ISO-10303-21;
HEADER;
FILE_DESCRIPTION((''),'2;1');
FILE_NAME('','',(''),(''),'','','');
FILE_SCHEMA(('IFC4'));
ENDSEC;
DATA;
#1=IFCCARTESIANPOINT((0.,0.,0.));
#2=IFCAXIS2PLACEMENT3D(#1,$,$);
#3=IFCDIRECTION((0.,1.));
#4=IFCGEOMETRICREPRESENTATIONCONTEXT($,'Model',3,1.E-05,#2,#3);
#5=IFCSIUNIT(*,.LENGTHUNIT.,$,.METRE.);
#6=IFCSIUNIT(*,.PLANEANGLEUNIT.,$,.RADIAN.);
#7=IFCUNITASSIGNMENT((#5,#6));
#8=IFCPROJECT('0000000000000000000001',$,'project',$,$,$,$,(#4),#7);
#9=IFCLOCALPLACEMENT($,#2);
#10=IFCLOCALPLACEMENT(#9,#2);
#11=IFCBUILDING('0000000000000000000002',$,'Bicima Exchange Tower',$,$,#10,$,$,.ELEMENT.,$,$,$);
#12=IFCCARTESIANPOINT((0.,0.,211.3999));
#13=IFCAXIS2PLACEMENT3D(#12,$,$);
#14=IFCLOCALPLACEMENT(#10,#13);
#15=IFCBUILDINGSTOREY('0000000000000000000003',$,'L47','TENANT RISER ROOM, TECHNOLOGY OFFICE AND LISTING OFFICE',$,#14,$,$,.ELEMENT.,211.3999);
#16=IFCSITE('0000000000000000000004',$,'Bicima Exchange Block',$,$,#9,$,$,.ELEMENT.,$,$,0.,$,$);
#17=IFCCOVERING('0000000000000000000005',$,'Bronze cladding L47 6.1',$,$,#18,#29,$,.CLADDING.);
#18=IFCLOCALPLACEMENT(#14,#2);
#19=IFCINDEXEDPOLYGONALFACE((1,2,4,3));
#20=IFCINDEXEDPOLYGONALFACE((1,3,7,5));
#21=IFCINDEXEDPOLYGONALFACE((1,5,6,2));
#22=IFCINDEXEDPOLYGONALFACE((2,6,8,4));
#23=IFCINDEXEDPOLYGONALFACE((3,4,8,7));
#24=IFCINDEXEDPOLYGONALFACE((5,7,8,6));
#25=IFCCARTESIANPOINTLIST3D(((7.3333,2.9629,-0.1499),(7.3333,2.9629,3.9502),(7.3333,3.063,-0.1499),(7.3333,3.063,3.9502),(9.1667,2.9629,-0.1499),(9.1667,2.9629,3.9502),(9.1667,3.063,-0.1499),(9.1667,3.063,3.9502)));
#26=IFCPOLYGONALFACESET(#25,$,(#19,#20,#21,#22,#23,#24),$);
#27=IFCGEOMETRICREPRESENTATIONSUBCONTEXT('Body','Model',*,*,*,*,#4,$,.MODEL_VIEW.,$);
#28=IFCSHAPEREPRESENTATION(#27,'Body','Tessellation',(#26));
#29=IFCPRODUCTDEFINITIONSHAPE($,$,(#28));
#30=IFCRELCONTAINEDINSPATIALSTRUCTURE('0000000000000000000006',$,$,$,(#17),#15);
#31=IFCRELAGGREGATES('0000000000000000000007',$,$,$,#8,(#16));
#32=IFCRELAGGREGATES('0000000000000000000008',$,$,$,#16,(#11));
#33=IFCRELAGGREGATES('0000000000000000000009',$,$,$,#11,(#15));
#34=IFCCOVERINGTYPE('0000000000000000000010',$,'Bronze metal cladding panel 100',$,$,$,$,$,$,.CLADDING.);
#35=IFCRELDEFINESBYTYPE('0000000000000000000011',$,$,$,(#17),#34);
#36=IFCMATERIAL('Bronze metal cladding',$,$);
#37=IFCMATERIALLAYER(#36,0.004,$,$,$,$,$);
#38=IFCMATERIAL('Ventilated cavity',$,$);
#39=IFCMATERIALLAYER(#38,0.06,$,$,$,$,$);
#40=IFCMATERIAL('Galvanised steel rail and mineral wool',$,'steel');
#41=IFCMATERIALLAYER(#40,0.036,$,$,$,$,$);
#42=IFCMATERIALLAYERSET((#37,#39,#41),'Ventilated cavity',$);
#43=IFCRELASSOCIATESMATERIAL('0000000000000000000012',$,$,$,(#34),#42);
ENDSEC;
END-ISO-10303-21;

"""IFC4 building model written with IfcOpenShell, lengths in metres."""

from ifc_helpers import new_model, si_unit, direction, frame, origin, origin_2d, place, context, subcontext, project, spatial, rectangle, extrude, material, layer, layer_set, type_object, element, save


model = new_model("IFC4")

# Units and contexts
model_context = context("Model", 3, precision=1e-05, world=origin(), true_north=direction((0.0, 1.0)))
body_context = subcontext(model_context, "Body", "Model", "MODEL_VIEW")
ifc_project = project(units=[si_unit("LENGTHUNIT", "METRE"), si_unit("PLANEANGLEUNIT", "RADIAN")], contexts=[model_context])

# Site, building, storey
site_placement = place(None, origin())
site = spatial("IfcSite", under=ifc_project, at=site_placement, Name="Bicima Exchange Block", CompositionType="ELEMENT", RefElevation=0.0)
building_placement = place(site_placement, origin())
building = spatial("IfcBuilding", under=site, at=building_placement, Name="Bicima Exchange Tower", CompositionType="ELEMENT")
storey_placement = place(building_placement, frame((0.0, 0.0, 211.3999)))
storey = spatial("IfcBuildingStorey", under=building, at=storey_placement, Name="L47", Description="TENANT RISER ROOM, TECHNOLOGY OFFICE AND LISTING OFFICE", CompositionType="ELEMENT", Elevation=211.3999)

# Covering
ifc_material_1 = material(Name="Bronze metal cladding")
ifc_layer_1 = layer(ifc_material_1, 0.004)
ifc_material_2 = material(Name="Ventilated cavity")
ifc_layer_2 = layer(ifc_material_2, 0.06)
ifc_material_3 = material(Name="Galvanised steel rail and mineral wool", Category="steel")
ifc_layer_3 = layer(ifc_material_3, 0.036)
ifc_layer_set_1 = layer_set([ifc_layer_1, ifc_layer_2, ifc_layer_3], Name="Ventilated cavity")
covering_type = type_object("IfcCoveringType", Name="Bronze metal cladding panel 100", PredefinedType="CLADDING", material=ifc_layer_set_1)
covering_1_placement = place(storey_placement, frame((8.25, 3.0129, -0.1499), z_axis=(0.0, 0.0, 1.0), x_axis=(-1.0, 0.0, 0.0)))
element("IfcCovering", 1, at=covering_1_placement, inside=storey, type_object=covering_type, Name="Bronze cladding L47 6.1", PredefinedType="CLADDING", context=body_context, shape_type="SweptSolid", body=[
    extrude(rectangle(XDim=1.8335, YDim=0.1001, at=origin_2d()), origin(), (0.0, 0.0, 1.0), 4.1001),
])

save(model, "model.ifc")
